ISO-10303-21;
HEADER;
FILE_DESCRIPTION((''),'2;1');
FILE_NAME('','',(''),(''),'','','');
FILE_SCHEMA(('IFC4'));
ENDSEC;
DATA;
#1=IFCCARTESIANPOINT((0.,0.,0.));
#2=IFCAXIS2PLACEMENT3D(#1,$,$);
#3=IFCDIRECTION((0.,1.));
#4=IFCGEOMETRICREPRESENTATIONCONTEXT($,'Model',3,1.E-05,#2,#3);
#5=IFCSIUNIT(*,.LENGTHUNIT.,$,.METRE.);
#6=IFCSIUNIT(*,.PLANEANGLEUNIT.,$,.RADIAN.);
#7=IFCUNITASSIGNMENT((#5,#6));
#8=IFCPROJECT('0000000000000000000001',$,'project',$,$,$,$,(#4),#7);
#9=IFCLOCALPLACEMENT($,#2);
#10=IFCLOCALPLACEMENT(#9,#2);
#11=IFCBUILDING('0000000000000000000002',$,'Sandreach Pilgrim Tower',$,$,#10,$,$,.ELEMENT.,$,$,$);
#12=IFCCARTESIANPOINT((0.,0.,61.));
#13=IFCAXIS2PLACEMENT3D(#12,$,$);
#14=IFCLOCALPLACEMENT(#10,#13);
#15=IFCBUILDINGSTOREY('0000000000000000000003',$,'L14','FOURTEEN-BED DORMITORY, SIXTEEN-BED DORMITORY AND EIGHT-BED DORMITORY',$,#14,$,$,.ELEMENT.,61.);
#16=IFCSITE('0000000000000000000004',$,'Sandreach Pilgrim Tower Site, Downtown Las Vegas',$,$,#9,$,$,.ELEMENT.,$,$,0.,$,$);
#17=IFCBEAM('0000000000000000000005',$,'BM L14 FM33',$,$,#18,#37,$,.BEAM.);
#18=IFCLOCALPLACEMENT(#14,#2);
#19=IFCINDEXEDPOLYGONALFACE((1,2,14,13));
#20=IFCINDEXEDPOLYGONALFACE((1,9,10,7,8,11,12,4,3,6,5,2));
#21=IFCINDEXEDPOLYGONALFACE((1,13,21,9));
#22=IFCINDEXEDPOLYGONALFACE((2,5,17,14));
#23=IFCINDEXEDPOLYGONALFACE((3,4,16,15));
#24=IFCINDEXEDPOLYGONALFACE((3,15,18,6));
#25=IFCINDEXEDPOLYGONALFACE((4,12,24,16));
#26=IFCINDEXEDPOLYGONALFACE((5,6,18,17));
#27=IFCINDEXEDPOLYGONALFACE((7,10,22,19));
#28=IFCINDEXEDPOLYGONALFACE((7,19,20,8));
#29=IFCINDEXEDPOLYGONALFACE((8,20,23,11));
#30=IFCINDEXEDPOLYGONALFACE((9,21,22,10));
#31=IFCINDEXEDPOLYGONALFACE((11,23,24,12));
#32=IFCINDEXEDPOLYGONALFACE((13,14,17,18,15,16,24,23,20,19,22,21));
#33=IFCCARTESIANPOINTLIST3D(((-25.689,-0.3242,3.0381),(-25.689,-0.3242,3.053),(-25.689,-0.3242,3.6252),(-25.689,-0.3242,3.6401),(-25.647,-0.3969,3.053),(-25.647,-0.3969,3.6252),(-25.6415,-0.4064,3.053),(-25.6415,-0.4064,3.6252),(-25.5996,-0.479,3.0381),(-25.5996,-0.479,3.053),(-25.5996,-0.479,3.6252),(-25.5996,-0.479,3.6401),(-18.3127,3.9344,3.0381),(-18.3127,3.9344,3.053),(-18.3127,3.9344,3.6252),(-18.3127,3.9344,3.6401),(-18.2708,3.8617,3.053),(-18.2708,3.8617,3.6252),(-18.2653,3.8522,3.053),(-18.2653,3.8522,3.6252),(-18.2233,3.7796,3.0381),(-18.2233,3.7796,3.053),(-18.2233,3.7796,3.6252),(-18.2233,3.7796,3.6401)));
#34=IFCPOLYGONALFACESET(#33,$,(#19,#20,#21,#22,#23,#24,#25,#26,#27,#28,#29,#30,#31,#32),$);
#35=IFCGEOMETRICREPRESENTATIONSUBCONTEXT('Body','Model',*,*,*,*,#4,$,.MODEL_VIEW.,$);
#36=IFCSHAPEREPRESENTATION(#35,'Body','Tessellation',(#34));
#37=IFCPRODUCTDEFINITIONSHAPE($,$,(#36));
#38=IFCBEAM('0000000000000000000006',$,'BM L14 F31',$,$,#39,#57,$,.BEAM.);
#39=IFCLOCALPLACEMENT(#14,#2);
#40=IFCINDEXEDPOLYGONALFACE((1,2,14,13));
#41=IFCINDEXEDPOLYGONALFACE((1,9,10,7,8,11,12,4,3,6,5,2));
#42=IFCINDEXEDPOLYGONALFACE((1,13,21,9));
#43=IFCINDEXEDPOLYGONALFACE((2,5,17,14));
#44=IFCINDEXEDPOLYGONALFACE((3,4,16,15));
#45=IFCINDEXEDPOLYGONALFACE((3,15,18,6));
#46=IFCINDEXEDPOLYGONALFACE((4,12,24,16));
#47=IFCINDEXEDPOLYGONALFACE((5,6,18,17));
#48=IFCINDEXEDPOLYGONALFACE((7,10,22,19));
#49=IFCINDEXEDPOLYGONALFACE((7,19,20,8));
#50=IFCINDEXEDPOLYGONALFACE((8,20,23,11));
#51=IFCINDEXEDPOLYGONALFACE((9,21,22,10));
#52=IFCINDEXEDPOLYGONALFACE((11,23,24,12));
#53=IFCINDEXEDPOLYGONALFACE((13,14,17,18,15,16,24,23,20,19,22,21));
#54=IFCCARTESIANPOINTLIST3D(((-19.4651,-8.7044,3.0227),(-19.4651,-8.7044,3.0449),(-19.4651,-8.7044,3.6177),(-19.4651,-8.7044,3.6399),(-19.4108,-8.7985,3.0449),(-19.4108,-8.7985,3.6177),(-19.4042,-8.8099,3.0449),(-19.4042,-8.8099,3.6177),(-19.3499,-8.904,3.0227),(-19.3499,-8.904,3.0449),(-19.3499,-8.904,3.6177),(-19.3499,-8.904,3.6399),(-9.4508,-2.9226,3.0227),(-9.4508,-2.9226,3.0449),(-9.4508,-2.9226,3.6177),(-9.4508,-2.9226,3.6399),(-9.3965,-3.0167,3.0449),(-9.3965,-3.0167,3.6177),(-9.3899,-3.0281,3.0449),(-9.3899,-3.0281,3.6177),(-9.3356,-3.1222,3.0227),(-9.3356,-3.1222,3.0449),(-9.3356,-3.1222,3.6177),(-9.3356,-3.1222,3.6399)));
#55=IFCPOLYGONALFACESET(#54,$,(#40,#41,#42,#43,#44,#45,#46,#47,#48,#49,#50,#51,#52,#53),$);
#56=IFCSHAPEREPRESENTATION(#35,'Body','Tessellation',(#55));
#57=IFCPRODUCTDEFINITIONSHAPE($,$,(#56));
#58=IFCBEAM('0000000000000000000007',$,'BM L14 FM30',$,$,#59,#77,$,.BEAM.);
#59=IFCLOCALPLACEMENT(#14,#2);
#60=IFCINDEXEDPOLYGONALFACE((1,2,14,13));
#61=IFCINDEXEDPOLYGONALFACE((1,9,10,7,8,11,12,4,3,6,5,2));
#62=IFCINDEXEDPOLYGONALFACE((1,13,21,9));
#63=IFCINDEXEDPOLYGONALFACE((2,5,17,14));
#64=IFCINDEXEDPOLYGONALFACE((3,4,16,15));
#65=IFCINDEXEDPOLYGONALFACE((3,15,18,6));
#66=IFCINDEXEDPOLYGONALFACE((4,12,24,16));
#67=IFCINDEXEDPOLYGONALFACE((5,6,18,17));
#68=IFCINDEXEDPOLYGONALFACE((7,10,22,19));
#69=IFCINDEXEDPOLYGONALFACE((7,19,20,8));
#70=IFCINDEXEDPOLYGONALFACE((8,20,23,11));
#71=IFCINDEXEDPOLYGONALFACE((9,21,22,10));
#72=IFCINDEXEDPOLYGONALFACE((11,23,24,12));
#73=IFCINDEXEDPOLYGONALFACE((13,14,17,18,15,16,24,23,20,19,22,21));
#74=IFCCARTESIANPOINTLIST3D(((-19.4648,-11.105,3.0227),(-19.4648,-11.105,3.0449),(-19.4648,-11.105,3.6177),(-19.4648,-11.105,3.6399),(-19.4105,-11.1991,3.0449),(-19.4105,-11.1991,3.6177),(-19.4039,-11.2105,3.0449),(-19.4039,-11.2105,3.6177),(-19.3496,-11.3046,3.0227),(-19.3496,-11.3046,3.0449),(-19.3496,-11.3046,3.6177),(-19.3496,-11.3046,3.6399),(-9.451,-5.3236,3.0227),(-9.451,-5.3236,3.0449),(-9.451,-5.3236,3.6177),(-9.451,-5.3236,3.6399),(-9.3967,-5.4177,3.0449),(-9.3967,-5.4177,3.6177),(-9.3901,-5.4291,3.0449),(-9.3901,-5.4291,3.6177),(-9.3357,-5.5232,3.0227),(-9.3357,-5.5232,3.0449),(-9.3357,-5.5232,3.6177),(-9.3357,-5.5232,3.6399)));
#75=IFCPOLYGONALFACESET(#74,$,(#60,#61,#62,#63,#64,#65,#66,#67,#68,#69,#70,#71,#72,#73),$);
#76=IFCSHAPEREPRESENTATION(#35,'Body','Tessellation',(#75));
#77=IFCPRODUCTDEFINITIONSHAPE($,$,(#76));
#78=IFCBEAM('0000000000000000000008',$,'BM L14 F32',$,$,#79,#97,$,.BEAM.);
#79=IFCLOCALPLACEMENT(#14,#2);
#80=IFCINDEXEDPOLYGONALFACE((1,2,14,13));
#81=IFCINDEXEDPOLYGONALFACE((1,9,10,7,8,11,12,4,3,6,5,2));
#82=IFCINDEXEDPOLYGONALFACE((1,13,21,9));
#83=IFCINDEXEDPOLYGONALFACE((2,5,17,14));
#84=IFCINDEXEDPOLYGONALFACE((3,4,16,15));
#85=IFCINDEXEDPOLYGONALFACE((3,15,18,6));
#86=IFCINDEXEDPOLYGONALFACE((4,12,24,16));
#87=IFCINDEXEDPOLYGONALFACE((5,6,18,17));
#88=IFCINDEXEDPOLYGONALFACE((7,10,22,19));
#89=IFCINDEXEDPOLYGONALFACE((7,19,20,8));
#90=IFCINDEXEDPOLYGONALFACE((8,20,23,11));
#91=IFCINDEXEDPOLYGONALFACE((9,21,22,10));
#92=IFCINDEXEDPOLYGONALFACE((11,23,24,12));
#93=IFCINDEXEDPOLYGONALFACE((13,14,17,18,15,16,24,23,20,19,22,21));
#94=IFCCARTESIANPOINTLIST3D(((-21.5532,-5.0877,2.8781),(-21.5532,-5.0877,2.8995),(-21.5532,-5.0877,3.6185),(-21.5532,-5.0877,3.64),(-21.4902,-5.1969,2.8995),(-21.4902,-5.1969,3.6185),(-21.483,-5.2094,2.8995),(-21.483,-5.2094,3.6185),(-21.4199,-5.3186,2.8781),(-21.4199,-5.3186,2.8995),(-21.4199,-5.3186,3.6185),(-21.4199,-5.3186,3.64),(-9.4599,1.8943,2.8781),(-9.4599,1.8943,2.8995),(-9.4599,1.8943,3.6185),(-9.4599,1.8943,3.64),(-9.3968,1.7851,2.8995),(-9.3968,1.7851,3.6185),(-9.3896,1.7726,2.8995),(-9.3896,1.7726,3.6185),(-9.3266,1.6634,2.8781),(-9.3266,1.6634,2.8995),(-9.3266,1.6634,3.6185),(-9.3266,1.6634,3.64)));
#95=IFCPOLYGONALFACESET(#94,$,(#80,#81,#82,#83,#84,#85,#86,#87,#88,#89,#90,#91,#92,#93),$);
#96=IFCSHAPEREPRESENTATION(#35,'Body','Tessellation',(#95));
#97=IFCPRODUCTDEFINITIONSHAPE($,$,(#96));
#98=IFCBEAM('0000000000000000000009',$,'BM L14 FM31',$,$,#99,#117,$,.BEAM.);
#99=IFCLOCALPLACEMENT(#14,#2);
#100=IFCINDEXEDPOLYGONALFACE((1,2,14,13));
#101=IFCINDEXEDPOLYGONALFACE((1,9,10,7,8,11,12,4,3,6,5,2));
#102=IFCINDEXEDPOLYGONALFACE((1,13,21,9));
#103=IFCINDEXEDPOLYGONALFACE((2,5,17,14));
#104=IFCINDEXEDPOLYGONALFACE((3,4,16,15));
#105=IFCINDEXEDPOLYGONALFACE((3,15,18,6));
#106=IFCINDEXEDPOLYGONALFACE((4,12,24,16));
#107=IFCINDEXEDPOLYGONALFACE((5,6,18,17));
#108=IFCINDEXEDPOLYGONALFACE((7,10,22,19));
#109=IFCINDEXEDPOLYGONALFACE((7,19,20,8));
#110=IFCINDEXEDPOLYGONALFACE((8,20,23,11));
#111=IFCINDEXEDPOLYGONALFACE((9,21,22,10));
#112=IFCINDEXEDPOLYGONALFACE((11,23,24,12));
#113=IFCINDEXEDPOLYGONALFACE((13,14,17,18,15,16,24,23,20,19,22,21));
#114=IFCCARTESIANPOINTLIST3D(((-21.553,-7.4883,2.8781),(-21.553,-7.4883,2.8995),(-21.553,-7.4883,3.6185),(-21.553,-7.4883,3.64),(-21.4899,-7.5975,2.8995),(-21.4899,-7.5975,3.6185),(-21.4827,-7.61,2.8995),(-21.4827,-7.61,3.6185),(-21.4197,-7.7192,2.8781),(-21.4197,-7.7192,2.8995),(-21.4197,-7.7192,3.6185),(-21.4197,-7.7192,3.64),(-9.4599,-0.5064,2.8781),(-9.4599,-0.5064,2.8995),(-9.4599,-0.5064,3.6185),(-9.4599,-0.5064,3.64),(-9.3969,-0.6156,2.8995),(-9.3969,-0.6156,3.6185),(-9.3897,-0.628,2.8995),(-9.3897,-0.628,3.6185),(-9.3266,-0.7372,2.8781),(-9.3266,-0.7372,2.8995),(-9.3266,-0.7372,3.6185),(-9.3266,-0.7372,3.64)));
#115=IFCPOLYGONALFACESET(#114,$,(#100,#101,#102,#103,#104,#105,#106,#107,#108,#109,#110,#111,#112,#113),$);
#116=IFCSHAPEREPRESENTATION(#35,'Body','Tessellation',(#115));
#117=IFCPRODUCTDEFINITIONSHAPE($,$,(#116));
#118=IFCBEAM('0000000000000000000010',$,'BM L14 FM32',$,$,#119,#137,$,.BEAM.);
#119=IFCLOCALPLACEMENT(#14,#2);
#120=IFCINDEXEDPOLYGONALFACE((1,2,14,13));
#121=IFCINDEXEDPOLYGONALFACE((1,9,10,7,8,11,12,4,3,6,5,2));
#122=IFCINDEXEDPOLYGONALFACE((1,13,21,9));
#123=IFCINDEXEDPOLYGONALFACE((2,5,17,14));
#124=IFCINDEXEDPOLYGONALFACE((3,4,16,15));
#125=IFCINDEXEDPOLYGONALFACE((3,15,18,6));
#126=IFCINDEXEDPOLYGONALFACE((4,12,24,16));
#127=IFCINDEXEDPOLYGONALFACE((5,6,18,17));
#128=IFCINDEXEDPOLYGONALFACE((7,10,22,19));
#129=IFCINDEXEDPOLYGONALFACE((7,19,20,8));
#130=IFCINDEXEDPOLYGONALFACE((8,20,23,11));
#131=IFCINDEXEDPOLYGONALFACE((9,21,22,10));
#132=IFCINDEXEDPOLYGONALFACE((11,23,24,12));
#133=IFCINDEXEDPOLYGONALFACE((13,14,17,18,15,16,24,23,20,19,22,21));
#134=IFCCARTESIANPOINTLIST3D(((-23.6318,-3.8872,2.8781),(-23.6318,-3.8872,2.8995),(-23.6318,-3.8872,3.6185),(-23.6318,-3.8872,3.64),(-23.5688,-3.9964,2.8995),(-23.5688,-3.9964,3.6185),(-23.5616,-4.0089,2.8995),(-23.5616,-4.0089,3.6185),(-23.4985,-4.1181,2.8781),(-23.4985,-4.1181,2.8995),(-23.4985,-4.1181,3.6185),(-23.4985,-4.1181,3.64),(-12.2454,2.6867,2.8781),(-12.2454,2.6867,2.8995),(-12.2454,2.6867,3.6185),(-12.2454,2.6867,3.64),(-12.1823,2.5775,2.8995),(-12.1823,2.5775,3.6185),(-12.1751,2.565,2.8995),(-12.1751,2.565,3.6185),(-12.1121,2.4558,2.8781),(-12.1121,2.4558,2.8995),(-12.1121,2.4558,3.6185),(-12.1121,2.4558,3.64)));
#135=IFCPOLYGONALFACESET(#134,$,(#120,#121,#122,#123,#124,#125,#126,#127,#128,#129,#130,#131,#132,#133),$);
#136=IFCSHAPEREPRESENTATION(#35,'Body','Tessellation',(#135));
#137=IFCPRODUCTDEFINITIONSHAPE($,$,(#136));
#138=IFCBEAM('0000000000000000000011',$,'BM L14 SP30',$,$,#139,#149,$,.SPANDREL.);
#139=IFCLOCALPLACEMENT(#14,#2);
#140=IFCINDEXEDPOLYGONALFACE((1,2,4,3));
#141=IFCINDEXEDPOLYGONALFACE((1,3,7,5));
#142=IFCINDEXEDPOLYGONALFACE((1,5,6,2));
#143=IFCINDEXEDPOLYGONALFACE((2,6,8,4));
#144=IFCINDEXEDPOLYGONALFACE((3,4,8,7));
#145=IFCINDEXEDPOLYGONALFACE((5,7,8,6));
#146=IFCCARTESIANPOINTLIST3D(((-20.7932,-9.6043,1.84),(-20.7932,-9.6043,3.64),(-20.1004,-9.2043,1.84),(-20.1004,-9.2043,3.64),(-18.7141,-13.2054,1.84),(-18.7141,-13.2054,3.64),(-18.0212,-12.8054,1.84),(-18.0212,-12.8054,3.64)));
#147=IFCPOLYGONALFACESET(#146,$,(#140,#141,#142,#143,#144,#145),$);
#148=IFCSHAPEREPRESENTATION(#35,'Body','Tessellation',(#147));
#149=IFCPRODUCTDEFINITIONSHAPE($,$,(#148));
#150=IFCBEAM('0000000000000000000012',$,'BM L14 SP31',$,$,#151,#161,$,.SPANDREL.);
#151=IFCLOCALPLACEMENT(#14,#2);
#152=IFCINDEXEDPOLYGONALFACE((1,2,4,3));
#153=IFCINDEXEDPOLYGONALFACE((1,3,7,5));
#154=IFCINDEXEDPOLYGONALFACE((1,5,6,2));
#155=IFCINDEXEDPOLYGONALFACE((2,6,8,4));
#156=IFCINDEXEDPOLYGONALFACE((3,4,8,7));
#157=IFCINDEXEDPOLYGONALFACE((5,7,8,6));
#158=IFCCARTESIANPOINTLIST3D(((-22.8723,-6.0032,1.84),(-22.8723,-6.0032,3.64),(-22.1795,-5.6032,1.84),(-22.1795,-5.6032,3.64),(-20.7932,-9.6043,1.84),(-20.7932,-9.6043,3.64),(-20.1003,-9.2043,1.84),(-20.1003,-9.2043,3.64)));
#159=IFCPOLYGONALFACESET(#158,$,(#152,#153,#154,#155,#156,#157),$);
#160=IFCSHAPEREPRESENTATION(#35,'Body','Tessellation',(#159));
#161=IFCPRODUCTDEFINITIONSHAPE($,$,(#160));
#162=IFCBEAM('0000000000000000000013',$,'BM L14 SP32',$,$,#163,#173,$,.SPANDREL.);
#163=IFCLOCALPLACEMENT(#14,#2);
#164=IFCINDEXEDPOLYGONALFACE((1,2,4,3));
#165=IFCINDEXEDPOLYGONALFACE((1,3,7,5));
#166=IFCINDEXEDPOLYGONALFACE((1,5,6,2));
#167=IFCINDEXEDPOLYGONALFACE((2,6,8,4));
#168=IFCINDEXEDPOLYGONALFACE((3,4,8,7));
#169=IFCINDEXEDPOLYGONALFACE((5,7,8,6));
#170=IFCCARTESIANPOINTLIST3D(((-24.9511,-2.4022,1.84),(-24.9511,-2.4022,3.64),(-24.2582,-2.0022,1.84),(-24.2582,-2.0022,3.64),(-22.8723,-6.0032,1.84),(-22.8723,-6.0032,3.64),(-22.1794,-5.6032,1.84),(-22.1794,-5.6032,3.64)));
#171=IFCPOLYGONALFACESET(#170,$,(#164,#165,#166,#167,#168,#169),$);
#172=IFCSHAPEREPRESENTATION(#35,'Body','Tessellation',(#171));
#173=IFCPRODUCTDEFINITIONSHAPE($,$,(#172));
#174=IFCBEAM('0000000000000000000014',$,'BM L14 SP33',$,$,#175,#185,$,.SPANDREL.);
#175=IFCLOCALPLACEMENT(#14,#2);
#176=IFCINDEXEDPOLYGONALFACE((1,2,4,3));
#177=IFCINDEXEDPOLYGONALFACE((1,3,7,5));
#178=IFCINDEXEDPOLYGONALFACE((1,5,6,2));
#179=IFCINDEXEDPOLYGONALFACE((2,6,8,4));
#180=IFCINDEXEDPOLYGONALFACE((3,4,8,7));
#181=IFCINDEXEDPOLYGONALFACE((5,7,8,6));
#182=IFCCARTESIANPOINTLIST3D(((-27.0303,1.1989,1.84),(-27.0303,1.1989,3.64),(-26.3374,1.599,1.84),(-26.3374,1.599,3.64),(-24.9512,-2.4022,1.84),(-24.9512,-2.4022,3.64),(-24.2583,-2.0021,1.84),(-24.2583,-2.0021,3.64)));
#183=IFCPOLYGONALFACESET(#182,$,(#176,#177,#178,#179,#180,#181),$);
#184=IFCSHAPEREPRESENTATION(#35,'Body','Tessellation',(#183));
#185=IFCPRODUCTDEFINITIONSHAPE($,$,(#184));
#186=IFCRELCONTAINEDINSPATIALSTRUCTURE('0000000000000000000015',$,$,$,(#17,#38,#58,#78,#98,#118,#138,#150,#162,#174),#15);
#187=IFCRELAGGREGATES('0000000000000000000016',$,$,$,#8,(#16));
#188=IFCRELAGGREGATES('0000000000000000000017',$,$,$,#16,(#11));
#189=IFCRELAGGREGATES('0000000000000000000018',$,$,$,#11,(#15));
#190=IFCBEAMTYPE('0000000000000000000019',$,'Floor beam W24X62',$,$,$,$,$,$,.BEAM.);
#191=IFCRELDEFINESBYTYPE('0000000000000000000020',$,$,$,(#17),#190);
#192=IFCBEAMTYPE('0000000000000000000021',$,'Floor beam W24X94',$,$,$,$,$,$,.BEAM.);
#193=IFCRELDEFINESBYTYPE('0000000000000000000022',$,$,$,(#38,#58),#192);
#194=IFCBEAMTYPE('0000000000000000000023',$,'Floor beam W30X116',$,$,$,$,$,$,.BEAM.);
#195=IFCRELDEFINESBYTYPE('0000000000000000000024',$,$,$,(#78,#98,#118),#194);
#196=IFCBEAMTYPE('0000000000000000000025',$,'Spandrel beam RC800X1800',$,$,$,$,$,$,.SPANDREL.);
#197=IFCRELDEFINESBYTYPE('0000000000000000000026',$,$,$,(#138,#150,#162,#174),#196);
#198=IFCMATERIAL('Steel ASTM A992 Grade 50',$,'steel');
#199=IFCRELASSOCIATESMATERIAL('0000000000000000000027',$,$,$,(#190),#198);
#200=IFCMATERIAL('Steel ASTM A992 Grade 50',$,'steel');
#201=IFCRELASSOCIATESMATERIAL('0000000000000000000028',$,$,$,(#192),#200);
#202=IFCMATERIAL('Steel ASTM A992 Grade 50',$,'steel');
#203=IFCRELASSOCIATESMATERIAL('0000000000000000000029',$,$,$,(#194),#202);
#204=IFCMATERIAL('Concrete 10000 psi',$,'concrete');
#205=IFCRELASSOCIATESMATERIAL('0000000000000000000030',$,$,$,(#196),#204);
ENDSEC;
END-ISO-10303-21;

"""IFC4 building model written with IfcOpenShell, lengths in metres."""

from ifc_helpers import new_model, si_unit, direction, frame, origin, origin_2d, place, context, subcontext, project, spatial, rectangle, i_section, extrude, material, material_profile, profile_set, type_object, element, save


model = new_model("IFC4")

# Units and contexts
model_context = context("Model", 3, precision=1e-05, world=origin(), true_north=direction((0.0, 1.0)))
body_context = subcontext(model_context, "Body", "Model", "MODEL_VIEW")
ifc_project = project(units=[si_unit("LENGTHUNIT", "METRE"), si_unit("PLANEANGLEUNIT", "RADIAN")], contexts=[model_context])

# Site, building, storey
site_placement = place(None, origin())
site = spatial("IfcSite", under=ifc_project, at=site_placement, Name="Sandreach Pilgrim Tower Site, Downtown Las Vegas", CompositionType="ELEMENT", RefElevation=0.0)
building_placement = place(site_placement, origin())
building = spatial("IfcBuilding", under=site, at=building_placement, Name="Sandreach Pilgrim Tower", CompositionType="ELEMENT")
storey_placement = place(building_placement, frame((0.0, 0.0, 61.0)))
storey = spatial("IfcBuildingStorey", under=building, at=storey_placement, Name="L14", Description="FOURTEEN-BED DORMITORY, SIXTEEN-BED DORMITORY AND EIGHT-BED DORMITORY", CompositionType="ELEMENT", Elevation=61.0)

# Beams
ifc_material_1 = material(Name="Steel ASTM A992 Grade 50", Category="steel")
ifc_material_profile_1 = material_profile(ifc_material_1, i_section(OverallWidth=0.1787, OverallDepth=0.6021, WebThickness=0.011, FlangeThickness=0.0149, at=origin_2d()), Name="W24X62")
ifc_profile_set_1 = profile_set([ifc_material_profile_1], Name="Steel ASTM A992 Grade 50")
beam_type_1 = type_object("IfcBeamType", Name="Floor beam W24X62", PredefinedType="BEAM", material=ifc_profile_set_1)
beam_1_placement = place(storey_placement, frame((-25.6443, -0.4016, 3.3391), z_axis=(0.866031, 0.49999, 0.0), x_axis=(-0.49999, 0.866031, 0.0)))
element("IfcBeam", 1, at=beam_1_placement, inside=storey, type_object=beam_type_1, Name="BM L14 FM33", PredefinedType="BEAM", context=body_context, shape_type="SweptSolid", body=[
    extrude(i_section(OverallWidth=0.1787, OverallDepth=0.6021, WebThickness=0.011, FlangeThickness=0.0149, at=origin_2d()), origin(), (0.0, 0.0, 1.0), 8.5173),
])
ifc_material_2 = material(Name="Steel ASTM A992 Grade 50", Category="steel")
ifc_material_profile_2 = material_profile(ifc_material_2, i_section(OverallWidth=0.2305, OverallDepth=0.6172, WebThickness=0.0132, FlangeThickness=0.0222, at=origin_2d()), Name="W24X94")
ifc_profile_set_2 = profile_set([ifc_material_profile_2], Name="Steel ASTM A992 Grade 50")
beam_type_2 = type_object("IfcBeamType", Name="Floor beam W24X94", PredefinedType="BEAM", material=ifc_profile_set_2)
beam_2_placement = place(storey_placement, frame((-19.4075, -8.8042, 3.3313), z_axis=(0.866023, 0.500004, 0.0), x_axis=(-0.500004, 0.866023, 0.0)))
element("IfcBeam", 2, at=beam_2_placement, inside=storey, type_object=beam_type_2, Name="BM L14 F31", PredefinedType="BEAM", context=body_context, shape_type="SweptSolid", body=[
    extrude(i_section(OverallWidth=0.2305, OverallDepth=0.6172, WebThickness=0.0132, FlangeThickness=0.0222, at=origin_2d()), origin(), (0.0, 0.0, 1.0), 11.5635),
])
beam_3_placement = place(storey_placement, frame((-19.4072, -11.2048, 3.3313), z_axis=(0.866027, 0.499997, 0.0), x_axis=(-0.499997, 0.866027, 0.0)))
element("IfcBeam", 3, at=beam_3_placement, inside=storey, type_object=beam_type_2, Name="BM L14 FM30", PredefinedType="BEAM", context=body_context, shape_type="SweptSolid", body=[
    extrude(i_section(OverallWidth=0.2305, OverallDepth=0.6172, WebThickness=0.0132, FlangeThickness=0.0222, at=origin_2d()), origin(), (0.0, 0.0, 1.0), 11.563),
])
ifc_material_3 = material(Name="Steel ASTM A992 Grade 50", Category="steel")
ifc_material_profile_3 = material_profile(ifc_material_3, i_section(OverallWidth=0.2666, OverallDepth=0.762, WebThickness=0.0144, FlangeThickness=0.0215, at=origin_2d()), Name="W30X116")
ifc_profile_set_3 = profile_set([ifc_material_profile_3], Name="Steel ASTM A992 Grade 50")
beam_type_3 = type_object("IfcBeamType", Name="Floor beam W30X116", PredefinedType="BEAM", material=ifc_profile_set_3)
beam_4_placement = place(storey_placement, frame((-21.4866, -5.2031, 3.259), z_axis=(0.866029, 0.499994, 0.0), x_axis=(-0.499994, 0.866029, 0.0)))
element("IfcBeam", 4, at=beam_4_placement, inside=storey, type_object=beam_type_3, Name="BM L14 F32", PredefinedType="BEAM", context=body_context, shape_type="SweptSolid", body=[
    extrude(i_section(OverallWidth=0.2666, OverallDepth=0.762, WebThickness=0.0144, FlangeThickness=0.0215, at=origin_2d()), origin(), (0.0, 0.0, 1.0), 13.9641),
])
beam_5_placement = place(storey_placement, frame((-21.4863, -7.6038, 3.259), z_axis=(0.866025, 0.500001, 0.0), x_axis=(-0.500001, 0.866025, 0.0)))
element("IfcBeam", 5, at=beam_5_placement, inside=storey, type_object=beam_type_3, Name="BM L14 FM31", PredefinedType="BEAM", context=body_context, shape_type="SweptSolid", body=[
    extrude(i_section(OverallWidth=0.2666, OverallDepth=0.762, WebThickness=0.0144, FlangeThickness=0.0215, at=origin_2d()), origin(), (0.0, 0.0, 1.0), 13.9639),
])
beam_6_placement = place(storey_placement, frame((-23.5652, -4.0027, 3.259), z_axis=(0.866026, 0.499999, 0.0), x_axis=(-0.499999, 0.866026, 0.0)))
element("IfcBeam", 6, at=beam_6_placement, inside=storey, type_object=beam_type_3, Name="BM L14 FM32", PredefinedType="BEAM", context=body_context, shape_type="SweptSolid", body=[
    extrude(i_section(OverallWidth=0.2666, OverallDepth=0.762, WebThickness=0.0144, FlangeThickness=0.0215, at=origin_2d()), origin(), (0.0, 0.0, 1.0), 13.1479),
])
ifc_material_4 = material(Name="Concrete 10000 psi", Category="concrete")
ifc_material_profile_4 = material_profile(ifc_material_4, rectangle(XDim=0.8, YDim=1.8, at=origin_2d()), Name="RC800X1800")
ifc_profile_set_4 = profile_set([ifc_material_profile_4], Name="Concrete 10000 psi")
beam_type_4 = type_object("IfcBeamType", Name="Spandrel beam RC800X1800", PredefinedType="SPANDREL", material=ifc_profile_set_4)
for number, where, z_axis, x_axis, name in (
    (7, (-18.3677, -13.0054, 2.74), (-0.500004, 0.866023, 0.0), (-0.866023, -0.500004, 0.0), "BM L14 SP30"),
    (8, (-20.4468, -9.4043, 2.74), (-0.500004, 0.866023, 0.0), (-0.866023, -0.500004, 0.0), "BM L14 SP31"),
):
    element("IfcBeam", number, at=place(storey_placement, frame(where, z_axis=z_axis, x_axis=x_axis)), inside=storey, type_object=beam_type_4, Name=name, PredefinedType="SPANDREL", context=body_context, shape_type="SweptSolid", body=[
        extrude(rectangle(XDim=0.8, YDim=1.8, at=origin_2d()), origin(), (0.0, 0.0, 1.0), 4.1582),
    ])
beam_7_placement = place(storey_placement, frame((-22.5259, -5.8032, 2.74), z_axis=(-0.49996, 0.866049, 0.0), x_axis=(-0.866049, -0.49996, 0.0)))
element("IfcBeam", 9, at=beam_7_placement, inside=storey, type_object=beam_type_4, Name="BM L14 SP32", PredefinedType="SPANDREL", context=body_context, shape_type="SweptSolid", body=[
    extrude(rectangle(XDim=0.8, YDim=1.8, at=origin_2d()), origin(), (0.0, 0.0, 1.0), 4.158),
])
beam_8_placement = place(storey_placement, frame((-24.6047, -2.2021, 2.74), z_axis=(-0.500004, 0.866023, 0.0), x_axis=(-0.866023, -0.500004, 0.0)))
element("IfcBeam", 10, at=beam_8_placement, inside=storey, type_object=beam_type_4, Name="BM L14 SP33", PredefinedType="SPANDREL", context=body_context, shape_type="SweptSolid", body=[
    extrude(rectangle(XDim=0.8, YDim=1.8, at=origin_2d()), origin(), (0.0, 0.0, 1.0), 4.1582),
])

save(model, "model.ifc")
